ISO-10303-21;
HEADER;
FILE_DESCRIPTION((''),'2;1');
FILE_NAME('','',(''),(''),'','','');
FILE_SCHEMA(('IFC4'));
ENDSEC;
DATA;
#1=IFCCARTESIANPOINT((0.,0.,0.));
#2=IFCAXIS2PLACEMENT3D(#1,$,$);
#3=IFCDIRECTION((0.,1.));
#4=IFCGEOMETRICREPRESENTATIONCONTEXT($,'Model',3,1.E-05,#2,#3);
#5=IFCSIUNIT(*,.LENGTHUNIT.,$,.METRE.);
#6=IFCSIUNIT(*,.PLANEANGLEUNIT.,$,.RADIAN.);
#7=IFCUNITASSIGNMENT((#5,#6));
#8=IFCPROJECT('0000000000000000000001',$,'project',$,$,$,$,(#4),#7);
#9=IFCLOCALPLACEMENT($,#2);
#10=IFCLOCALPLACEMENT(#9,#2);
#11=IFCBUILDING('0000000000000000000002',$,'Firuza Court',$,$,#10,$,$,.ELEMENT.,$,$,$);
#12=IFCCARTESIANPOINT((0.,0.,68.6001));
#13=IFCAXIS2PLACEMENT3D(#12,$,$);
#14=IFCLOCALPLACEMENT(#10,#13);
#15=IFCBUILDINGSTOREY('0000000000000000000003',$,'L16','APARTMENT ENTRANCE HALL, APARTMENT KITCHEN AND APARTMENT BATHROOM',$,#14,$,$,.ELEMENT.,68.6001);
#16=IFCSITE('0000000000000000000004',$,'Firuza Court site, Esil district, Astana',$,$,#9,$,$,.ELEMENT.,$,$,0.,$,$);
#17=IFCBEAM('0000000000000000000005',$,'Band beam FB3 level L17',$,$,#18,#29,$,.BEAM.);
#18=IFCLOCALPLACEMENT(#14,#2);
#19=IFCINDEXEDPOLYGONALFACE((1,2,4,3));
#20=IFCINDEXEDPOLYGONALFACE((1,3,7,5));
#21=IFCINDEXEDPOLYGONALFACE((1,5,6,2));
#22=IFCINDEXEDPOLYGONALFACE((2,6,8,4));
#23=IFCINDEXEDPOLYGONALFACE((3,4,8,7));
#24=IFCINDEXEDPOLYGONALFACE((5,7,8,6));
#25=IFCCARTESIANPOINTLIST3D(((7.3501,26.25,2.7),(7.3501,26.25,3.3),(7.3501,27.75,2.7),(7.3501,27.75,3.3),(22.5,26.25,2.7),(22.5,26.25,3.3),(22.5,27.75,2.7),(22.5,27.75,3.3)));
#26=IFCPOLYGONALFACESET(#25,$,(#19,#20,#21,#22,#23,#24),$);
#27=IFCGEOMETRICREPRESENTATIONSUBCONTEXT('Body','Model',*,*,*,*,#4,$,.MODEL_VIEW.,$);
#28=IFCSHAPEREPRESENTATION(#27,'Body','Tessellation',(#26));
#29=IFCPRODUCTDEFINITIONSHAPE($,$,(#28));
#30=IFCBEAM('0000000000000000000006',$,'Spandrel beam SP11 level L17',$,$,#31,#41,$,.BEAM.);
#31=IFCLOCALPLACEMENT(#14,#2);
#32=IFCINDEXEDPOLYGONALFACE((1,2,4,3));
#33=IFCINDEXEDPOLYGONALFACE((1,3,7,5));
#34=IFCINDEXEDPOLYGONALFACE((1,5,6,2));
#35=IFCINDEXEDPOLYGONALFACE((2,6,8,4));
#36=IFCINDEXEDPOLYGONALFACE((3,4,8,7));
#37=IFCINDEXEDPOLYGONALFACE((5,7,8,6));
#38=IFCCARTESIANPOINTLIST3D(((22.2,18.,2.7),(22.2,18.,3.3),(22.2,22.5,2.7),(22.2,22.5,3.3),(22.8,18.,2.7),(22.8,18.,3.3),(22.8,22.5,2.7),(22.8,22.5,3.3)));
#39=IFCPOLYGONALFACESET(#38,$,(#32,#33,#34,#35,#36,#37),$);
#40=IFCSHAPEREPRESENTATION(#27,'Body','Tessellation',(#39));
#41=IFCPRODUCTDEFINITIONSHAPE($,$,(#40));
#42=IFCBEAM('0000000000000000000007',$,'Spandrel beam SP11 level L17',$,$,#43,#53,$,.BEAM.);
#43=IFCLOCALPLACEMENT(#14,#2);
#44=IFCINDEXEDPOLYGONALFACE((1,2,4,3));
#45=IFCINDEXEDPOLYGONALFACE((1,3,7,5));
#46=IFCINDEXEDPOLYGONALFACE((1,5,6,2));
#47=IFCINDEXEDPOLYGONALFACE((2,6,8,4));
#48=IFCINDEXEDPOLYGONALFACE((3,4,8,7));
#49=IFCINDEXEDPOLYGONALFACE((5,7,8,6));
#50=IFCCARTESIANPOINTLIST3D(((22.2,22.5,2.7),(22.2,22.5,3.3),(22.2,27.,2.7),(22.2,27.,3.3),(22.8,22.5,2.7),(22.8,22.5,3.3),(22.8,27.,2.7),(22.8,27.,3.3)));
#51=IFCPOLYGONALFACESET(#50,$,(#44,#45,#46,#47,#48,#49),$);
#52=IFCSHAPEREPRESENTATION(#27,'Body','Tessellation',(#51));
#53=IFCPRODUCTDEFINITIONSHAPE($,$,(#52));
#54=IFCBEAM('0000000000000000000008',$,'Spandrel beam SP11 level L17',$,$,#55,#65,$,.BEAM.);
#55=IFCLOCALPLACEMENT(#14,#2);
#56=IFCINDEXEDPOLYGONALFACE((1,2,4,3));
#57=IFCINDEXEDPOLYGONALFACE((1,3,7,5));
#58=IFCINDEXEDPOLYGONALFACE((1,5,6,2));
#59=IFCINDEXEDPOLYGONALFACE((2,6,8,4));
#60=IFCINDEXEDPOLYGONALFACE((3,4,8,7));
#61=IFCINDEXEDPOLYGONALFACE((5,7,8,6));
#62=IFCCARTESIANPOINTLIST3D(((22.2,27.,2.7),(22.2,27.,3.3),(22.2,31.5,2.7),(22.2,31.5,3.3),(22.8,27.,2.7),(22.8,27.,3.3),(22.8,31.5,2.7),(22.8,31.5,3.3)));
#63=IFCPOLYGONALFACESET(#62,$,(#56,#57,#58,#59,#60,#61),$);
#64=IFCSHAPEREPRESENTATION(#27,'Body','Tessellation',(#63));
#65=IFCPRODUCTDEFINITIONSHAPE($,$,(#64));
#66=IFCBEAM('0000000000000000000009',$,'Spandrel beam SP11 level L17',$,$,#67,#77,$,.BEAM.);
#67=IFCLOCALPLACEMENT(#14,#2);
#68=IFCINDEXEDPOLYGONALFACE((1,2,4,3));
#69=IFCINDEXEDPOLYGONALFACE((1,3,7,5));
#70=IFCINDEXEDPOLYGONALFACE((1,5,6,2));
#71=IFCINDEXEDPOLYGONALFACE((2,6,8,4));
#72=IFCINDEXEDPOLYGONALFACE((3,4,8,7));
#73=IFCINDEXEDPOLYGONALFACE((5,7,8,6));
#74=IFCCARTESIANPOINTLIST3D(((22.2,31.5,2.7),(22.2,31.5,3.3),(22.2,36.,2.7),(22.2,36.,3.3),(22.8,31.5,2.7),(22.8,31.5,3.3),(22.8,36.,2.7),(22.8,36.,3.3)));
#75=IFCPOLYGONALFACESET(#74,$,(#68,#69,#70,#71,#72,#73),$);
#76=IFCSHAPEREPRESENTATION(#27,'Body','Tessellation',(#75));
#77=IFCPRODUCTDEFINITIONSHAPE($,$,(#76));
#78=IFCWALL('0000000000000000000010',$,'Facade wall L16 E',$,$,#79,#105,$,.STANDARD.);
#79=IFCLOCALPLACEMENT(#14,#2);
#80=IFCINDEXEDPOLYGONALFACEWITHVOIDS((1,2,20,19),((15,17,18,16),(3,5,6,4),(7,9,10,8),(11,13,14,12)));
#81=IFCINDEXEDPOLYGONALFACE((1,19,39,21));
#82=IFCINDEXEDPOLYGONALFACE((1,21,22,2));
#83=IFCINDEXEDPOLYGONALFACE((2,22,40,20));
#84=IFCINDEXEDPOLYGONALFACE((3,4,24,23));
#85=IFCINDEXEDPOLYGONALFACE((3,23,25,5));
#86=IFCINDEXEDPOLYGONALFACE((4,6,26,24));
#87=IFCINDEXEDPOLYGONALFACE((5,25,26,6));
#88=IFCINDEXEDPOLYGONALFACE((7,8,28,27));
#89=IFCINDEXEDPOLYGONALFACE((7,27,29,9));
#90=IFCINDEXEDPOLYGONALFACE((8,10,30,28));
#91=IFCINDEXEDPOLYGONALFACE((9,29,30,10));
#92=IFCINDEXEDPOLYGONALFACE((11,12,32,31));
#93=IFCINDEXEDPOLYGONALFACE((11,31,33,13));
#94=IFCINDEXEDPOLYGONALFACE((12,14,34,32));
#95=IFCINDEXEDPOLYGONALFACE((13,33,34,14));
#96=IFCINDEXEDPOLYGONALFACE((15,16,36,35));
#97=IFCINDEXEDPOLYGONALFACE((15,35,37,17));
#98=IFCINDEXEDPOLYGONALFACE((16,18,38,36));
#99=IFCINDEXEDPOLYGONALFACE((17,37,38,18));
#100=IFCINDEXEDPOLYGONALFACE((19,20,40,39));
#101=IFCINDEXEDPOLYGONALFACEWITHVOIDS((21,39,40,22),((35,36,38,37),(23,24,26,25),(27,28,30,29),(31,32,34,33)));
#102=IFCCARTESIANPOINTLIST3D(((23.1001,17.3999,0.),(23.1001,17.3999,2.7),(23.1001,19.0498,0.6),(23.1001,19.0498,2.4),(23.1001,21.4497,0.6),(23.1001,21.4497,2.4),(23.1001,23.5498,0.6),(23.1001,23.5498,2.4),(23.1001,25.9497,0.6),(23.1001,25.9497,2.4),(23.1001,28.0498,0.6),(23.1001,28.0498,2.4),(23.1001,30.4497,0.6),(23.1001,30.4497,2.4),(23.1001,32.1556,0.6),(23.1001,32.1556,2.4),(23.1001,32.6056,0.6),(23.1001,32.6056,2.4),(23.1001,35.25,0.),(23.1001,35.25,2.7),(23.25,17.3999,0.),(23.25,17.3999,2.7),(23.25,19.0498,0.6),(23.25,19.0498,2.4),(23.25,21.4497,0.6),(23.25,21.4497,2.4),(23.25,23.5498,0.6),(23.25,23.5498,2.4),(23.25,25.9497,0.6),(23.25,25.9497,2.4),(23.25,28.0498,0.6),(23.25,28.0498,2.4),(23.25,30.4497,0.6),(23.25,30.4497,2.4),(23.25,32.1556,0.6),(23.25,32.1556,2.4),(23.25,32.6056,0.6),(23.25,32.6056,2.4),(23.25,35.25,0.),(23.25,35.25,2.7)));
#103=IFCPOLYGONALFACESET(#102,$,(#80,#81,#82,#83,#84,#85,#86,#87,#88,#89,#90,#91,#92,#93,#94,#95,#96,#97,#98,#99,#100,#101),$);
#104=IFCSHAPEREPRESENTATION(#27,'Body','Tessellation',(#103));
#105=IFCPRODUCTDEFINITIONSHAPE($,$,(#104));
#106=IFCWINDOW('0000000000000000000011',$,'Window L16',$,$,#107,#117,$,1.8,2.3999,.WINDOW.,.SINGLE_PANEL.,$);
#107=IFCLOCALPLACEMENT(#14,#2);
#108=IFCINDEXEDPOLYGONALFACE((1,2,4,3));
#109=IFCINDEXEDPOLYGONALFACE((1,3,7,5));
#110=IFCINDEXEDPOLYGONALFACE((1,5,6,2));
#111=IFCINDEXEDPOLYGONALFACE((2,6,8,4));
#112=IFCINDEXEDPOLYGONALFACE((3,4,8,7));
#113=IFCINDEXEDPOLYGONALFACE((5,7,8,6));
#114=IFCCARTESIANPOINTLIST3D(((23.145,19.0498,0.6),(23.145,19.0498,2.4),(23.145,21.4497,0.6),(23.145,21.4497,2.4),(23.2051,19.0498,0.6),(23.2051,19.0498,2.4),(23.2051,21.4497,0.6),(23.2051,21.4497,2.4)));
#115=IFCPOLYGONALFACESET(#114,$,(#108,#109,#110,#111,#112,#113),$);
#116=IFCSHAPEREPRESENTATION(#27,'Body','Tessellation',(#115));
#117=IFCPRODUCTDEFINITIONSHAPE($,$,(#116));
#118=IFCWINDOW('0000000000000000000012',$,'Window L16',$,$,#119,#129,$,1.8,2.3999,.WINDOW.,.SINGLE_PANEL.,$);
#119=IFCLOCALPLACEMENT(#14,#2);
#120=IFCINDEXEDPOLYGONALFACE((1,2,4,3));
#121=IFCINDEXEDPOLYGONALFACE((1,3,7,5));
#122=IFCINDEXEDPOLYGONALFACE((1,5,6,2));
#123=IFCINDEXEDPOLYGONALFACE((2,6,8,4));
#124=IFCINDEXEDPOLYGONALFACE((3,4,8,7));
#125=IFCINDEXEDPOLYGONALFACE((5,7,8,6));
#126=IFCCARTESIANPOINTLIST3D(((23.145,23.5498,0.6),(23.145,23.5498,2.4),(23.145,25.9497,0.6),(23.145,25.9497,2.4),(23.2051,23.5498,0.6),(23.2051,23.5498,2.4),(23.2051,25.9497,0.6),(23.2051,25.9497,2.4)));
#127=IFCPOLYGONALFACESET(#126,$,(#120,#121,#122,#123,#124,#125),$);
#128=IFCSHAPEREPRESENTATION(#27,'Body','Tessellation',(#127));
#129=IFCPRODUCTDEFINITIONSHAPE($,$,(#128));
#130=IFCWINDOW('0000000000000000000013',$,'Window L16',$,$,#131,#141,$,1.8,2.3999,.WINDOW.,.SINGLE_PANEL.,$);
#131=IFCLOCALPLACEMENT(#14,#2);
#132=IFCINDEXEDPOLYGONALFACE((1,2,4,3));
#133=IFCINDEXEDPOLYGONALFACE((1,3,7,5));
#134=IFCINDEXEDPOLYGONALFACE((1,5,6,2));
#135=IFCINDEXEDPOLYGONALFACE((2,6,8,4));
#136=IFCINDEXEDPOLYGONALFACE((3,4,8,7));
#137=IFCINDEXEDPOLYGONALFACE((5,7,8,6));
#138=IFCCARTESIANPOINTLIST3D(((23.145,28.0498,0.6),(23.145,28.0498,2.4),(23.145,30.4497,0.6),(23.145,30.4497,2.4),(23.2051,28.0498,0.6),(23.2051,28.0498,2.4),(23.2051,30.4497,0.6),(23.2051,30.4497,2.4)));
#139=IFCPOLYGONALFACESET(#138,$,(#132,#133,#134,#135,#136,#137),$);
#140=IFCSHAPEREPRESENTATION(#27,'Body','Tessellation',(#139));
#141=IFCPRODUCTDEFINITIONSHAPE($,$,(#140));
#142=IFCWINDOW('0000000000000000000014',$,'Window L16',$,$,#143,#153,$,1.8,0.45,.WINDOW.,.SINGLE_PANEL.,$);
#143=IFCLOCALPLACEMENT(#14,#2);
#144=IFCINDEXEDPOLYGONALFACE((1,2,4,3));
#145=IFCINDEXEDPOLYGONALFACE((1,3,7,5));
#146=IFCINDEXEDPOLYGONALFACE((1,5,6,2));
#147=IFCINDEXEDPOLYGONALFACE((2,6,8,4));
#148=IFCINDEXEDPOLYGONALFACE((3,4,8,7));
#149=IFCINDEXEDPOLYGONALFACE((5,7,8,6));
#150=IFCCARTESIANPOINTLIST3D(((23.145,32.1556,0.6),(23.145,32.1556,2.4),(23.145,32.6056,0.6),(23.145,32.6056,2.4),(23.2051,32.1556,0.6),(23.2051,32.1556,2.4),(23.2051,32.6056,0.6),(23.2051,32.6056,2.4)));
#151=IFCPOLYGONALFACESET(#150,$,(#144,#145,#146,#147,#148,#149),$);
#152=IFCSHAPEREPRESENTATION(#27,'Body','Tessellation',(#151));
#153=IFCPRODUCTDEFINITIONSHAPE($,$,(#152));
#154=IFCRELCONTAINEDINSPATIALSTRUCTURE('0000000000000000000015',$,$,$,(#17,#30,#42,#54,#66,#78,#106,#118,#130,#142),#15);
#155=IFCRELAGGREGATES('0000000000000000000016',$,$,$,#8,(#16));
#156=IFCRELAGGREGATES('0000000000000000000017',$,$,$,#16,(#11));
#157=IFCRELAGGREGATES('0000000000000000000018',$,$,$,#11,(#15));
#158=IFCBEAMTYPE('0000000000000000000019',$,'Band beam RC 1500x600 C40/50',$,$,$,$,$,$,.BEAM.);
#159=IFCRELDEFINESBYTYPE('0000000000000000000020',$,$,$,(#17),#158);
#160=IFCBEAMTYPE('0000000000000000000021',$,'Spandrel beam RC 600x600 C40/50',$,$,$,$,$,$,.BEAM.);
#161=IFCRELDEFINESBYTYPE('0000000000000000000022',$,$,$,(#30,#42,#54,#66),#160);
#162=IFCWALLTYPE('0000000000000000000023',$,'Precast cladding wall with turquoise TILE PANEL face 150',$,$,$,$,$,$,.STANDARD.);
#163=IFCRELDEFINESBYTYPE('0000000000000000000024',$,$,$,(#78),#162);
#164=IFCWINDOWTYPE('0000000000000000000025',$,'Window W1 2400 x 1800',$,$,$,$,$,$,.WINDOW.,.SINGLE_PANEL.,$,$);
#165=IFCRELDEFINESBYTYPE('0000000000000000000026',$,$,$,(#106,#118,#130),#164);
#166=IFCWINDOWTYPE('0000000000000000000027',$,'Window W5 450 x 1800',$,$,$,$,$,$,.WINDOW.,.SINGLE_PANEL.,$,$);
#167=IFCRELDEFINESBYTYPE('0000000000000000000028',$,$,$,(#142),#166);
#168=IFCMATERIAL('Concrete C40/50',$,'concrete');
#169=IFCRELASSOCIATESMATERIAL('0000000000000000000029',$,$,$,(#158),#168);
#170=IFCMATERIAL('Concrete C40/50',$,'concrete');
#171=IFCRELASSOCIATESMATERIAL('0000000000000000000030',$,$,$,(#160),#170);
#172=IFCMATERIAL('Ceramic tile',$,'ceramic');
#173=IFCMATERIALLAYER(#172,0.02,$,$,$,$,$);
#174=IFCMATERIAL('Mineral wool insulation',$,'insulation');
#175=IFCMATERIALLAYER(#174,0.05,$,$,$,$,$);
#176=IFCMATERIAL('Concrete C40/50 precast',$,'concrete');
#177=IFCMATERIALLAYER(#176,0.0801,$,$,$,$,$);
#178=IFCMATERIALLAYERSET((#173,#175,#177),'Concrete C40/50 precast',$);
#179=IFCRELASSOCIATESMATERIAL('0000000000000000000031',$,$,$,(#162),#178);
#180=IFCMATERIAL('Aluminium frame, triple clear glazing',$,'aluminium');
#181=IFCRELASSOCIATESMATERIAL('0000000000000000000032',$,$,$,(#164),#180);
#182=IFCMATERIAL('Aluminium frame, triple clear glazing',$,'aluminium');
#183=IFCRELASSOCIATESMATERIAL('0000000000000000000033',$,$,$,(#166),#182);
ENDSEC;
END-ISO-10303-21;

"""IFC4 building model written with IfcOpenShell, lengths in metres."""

from ifc_helpers import new_model, si_unit, direction, frame, frame_2d, origin, origin_2d, place, context, subcontext, project, spatial, rectangle, extrude, material, layer, layer_set, material_profile, profile_set, type_object, element, fill, save


model = new_model("IFC4")

# Units and contexts
model_context = context("Model", 3, precision=1e-05, world=origin(), true_north=direction((0.0, 1.0)))
body_context = subcontext(model_context, "Body", "Model", "MODEL_VIEW")
ifc_project = project(units=[si_unit("LENGTHUNIT", "METRE"), si_unit("PLANEANGLEUNIT", "RADIAN")], contexts=[model_context])

# Site, building, storey
site_placement = place(None, origin())
site = spatial("IfcSite", under=ifc_project, at=site_placement, Name="Firuza Court site, Esil district, Astana", CompositionType="ELEMENT", RefElevation=0.0)
building_placement = place(site_placement, origin())
building = spatial("IfcBuilding", under=site, at=building_placement, Name="Firuza Court", CompositionType="ELEMENT")
storey_placement = place(building_placement, frame((0.0, 0.0, 68.6001)))
storey = spatial("IfcBuildingStorey", under=building, at=storey_placement, Name="L16", Description="APARTMENT ENTRANCE HALL, APARTMENT KITCHEN AND APARTMENT BATHROOM", CompositionType="ELEMENT", Elevation=68.6001)

# Beams
ifc_material_1 = material(Name="Concrete C40/50", Category="concrete")
ifc_material_profile_1 = material_profile(ifc_material_1, rectangle(XDim=1.5, YDim=0.6001, at=origin_2d()), Name="RC 1500x600")
ifc_profile_set_1 = profile_set([ifc_material_profile_1], Name="Concrete C40/50")
beam_type_1 = type_object("IfcBeamType", Name="Band beam RC 1500x600 C40/50", PredefinedType="BEAM", material=ifc_profile_set_1)
beam_placement = place(storey_placement, frame((22.5, 27.0, 3.0), z_axis=(-1.0, 0.0, 0.0), x_axis=(0.0, -1.0, 0.0)))
element("IfcBeam", 1, at=beam_placement, inside=storey, type_object=beam_type_1, Name="Band beam FB3 level L17", PredefinedType="BEAM", context=body_context, shape_type="SweptSolid", body=[
    extrude(rectangle(XDim=1.5, YDim=0.6001, at=origin_2d()), origin(), (0.0, 0.0, 1.0), 15.1499),
])
ifc_material_2 = material(Name="Concrete C40/50", Category="concrete")
ifc_material_profile_2 = material_profile(ifc_material_2, rectangle(XDim=0.6001, YDim=0.6001, at=origin_2d()), Name="RC 600x600")
ifc_profile_set_2 = profile_set([ifc_material_profile_2], Name="Concrete C40/50")
beam_type_2 = type_object("IfcBeamType", Name="Spandrel beam RC 600x600 C40/50", PredefinedType="BEAM", material=ifc_profile_set_2)
for number, where, z_axis, x_axis, name in (
    (2, (22.5, 18.0, 3.0), (0.0, 1.0, 0.0), (-1.0, 0.0, 0.0), "Spandrel beam SP11 level L17"),
    (3, (22.5, 22.5, 3.0), (0.0, 1.0, 0.0), (-1.0, 0.0, 0.0), "Spandrel beam SP11 level L17"),
    (4, (22.5, 27.0, 3.0), (0.0, 1.0, 0.0), (-1.0, 0.0, 0.0), "Spandrel beam SP11 level L17"),
    (5, (22.5, 31.5, 3.0), (0.0, 1.0, 0.0), (-1.0, 0.0, 0.0), "Spandrel beam SP11 level L17"),
):
    element("IfcBeam", number, at=place(storey_placement, frame(where, z_axis=z_axis, x_axis=x_axis)), inside=storey, type_object=beam_type_2, Name=name, PredefinedType="BEAM", context=body_context, shape_type="SweptSolid", body=[
        extrude(rectangle(XDim=0.6001, YDim=0.6001, at=origin_2d()), origin(), (0.0, 0.0, 1.0), 4.5),
    ])

# Wall, openings, windows
ifc_material_3 = material(Name="Ceramic tile", Category="ceramic")
ifc_layer_1 = layer(ifc_material_3, 0.02)
ifc_material_4 = material(Name="Mineral wool insulation", Category="insulation")
ifc_layer_2 = layer(ifc_material_4, 0.05)
ifc_material_5 = material(Name="Concrete C40/50 precast", Category="concrete")
ifc_layer_3 = layer(ifc_material_5, 0.0801)
ifc_layer_set = layer_set([ifc_layer_1, ifc_layer_2, ifc_layer_3], Name="Concrete C40/50 precast")
wall_type = type_object("IfcWallType", Name="Precast cladding wall with turquoise TILE PANEL face 150", PredefinedType="STANDARD", material=ifc_layer_set)
wall_placement = place(storey_placement, frame((23.175, 17.3999, 0.0), z_axis=(0.0, 0.0, 1.0), x_axis=(0.0, 1.0, 0.0)))
wall = element("IfcWall", 6, at=wall_placement, inside=storey, type_object=wall_type, Name="Facade wall L16 E", PredefinedType="STANDARD", context=body_context, shape_type="SweptSolid", body=[
    extrude(rectangle(XDim=17.8501, YDim=0.1499, at=frame_2d((8.925, 0.0))), origin(), (0.0, 0.0, 1.0), 2.7),
])
opening_1_placement = place(wall_placement, frame((1.6499, 0.0, 0.6001)))
opening_1 = element("IfcOpeningElement", 7, at=opening_1_placement, cuts=wall, PredefinedType="OPENING", context=body_context, shape_type="SweptSolid", body=[
    extrude(rectangle(XDim=2.3999, YDim=1.8, at=frame_2d((1.2, 0.8999))), frame((0.0, 0.0869, 0.0), z_axis=(0.0, -1.0, 0.0), x_axis=(1.0, 0.0, 0.0)), (0.0, 0.0, 1.0), 0.1738),
])
opening_2_placement = place(wall_placement, frame((6.1499, 0.0, 0.6001)))
opening_2 = element("IfcOpeningElement", 8, at=opening_2_placement, cuts=wall, PredefinedType="OPENING", context=body_context, shape_type="SweptSolid", body=[
    extrude(rectangle(XDim=2.3999, YDim=1.8, at=frame_2d((1.2, 0.8999))), frame((0.0, 0.0869, 0.0), z_axis=(0.0, -1.0, 0.0), x_axis=(1.0, 0.0, 0.0)), (0.0, 0.0, 1.0), 0.1738),
])
opening_3_placement = place(wall_placement, frame((10.6499, 0.0, 0.6001)))
opening_3 = element("IfcOpeningElement", 9, at=opening_3_placement, cuts=wall, PredefinedType="OPENING", context=body_context, shape_type="SweptSolid", body=[
    extrude(rectangle(XDim=2.3999, YDim=1.8, at=frame_2d((1.2, 0.8999))), frame((0.0, 0.0869, 0.0), z_axis=(0.0, -1.0, 0.0), x_axis=(1.0, 0.0, 0.0)), (0.0, 0.0, 1.0), 0.1738),
])
opening_4_placement = place(wall_placement, frame((14.7556, 0.0, 0.6001)))
opening_4 = element("IfcOpeningElement", 10, at=opening_4_placement, cuts=wall, PredefinedType="OPENING", context=body_context, shape_type="SweptSolid", body=[
    extrude(rectangle(XDim=0.45, YDim=1.8, at=frame_2d((0.2251, 0.8999))), frame((0.0, 0.0869, 0.0), z_axis=(0.0, -1.0, 0.0), x_axis=(1.0, 0.0, 0.0)), (0.0, 0.0, 1.0), 0.1738),
])
ifc_material_6 = material(Name="Aluminium frame, triple clear glazing", Category="aluminium")
window_type_1 = type_object("IfcWindowType", Name="Window W1 2400 x 1800", PartitioningType="SINGLE_PANEL", PredefinedType="WINDOW", material=ifc_material_6)
window_1_placement = place(opening_1_placement, origin())
window_1 = element("IfcWindow", 11, at=window_1_placement, inside=storey, type_object=window_type_1, Name="Window L16", OverallHeight=1.8, OverallWidth=2.3999, PartitioningType="SINGLE_PANEL", PredefinedType="WINDOW", context=body_context, shape_type="SweptSolid", body=[
    extrude(rectangle(XDim=2.3999, YDim=1.8, at=frame_2d((1.2, 0.8999))), frame((0.0, 0.03, 0.0), z_axis=(0.0, -1.0, 0.0), x_axis=(1.0, 0.0, 0.0)), (0.0, 0.0, 1.0), 0.0601),
])
fill(opening_1, window_1)
window_2_placement = place(opening_2_placement, origin())
window_2 = element("IfcWindow", 12, at=window_2_placement, inside=storey, type_object=window_type_1, Name="Window L16", OverallHeight=1.8, OverallWidth=2.3999, PartitioningType="SINGLE_PANEL", PredefinedType="WINDOW", context=body_context, shape_type="SweptSolid", body=[
    extrude(rectangle(XDim=2.3999, YDim=1.8, at=frame_2d((1.2, 0.8999))), frame((0.0, 0.03, 0.0), z_axis=(0.0, -1.0, 0.0), x_axis=(1.0, 0.0, 0.0)), (0.0, 0.0, 1.0), 0.0601),
])
fill(opening_2, window_2)
window_3_placement = place(opening_3_placement, origin())
window_3 = element("IfcWindow", 13, at=window_3_placement, inside=storey, type_object=window_type_1, Name="Window L16", OverallHeight=1.8, OverallWidth=2.3999, PartitioningType="SINGLE_PANEL", PredefinedType="WINDOW", context=body_context, shape_type="SweptSolid", body=[
    extrude(rectangle(XDim=2.3999, YDim=1.8, at=frame_2d((1.2, 0.8999))), frame((0.0, 0.03, 0.0), z_axis=(0.0, -1.0, 0.0), x_axis=(1.0, 0.0, 0.0)), (0.0, 0.0, 1.0), 0.0601),
])
fill(opening_3, window_3)
ifc_material_7 = material(Name="Aluminium frame, triple clear glazing", Category="aluminium")
window_type_2 = type_object("IfcWindowType", Name="Window W5 450 x 1800", PartitioningType="SINGLE_PANEL", PredefinedType="WINDOW", material=ifc_material_7)
window_4_placement = place(opening_4_placement, origin())
window_4 = element("IfcWindow", 14, at=window_4_placement, inside=storey, type_object=window_type_2, Name="Window L16", OverallHeight=1.8, OverallWidth=0.45, PartitioningType="SINGLE_PANEL", PredefinedType="WINDOW", context=body_context, shape_type="SweptSolid", body=[
    extrude(rectangle(XDim=0.45, YDim=1.8, at=frame_2d((0.2251, 0.8999))), frame((0.0, 0.03, 0.0), z_axis=(0.0, -1.0, 0.0), x_axis=(1.0, 0.0, 0.0)), (0.0, 0.0, 1.0), 0.0601),
])
fill(opening_4, window_4)

save(model, "model.ifc")
